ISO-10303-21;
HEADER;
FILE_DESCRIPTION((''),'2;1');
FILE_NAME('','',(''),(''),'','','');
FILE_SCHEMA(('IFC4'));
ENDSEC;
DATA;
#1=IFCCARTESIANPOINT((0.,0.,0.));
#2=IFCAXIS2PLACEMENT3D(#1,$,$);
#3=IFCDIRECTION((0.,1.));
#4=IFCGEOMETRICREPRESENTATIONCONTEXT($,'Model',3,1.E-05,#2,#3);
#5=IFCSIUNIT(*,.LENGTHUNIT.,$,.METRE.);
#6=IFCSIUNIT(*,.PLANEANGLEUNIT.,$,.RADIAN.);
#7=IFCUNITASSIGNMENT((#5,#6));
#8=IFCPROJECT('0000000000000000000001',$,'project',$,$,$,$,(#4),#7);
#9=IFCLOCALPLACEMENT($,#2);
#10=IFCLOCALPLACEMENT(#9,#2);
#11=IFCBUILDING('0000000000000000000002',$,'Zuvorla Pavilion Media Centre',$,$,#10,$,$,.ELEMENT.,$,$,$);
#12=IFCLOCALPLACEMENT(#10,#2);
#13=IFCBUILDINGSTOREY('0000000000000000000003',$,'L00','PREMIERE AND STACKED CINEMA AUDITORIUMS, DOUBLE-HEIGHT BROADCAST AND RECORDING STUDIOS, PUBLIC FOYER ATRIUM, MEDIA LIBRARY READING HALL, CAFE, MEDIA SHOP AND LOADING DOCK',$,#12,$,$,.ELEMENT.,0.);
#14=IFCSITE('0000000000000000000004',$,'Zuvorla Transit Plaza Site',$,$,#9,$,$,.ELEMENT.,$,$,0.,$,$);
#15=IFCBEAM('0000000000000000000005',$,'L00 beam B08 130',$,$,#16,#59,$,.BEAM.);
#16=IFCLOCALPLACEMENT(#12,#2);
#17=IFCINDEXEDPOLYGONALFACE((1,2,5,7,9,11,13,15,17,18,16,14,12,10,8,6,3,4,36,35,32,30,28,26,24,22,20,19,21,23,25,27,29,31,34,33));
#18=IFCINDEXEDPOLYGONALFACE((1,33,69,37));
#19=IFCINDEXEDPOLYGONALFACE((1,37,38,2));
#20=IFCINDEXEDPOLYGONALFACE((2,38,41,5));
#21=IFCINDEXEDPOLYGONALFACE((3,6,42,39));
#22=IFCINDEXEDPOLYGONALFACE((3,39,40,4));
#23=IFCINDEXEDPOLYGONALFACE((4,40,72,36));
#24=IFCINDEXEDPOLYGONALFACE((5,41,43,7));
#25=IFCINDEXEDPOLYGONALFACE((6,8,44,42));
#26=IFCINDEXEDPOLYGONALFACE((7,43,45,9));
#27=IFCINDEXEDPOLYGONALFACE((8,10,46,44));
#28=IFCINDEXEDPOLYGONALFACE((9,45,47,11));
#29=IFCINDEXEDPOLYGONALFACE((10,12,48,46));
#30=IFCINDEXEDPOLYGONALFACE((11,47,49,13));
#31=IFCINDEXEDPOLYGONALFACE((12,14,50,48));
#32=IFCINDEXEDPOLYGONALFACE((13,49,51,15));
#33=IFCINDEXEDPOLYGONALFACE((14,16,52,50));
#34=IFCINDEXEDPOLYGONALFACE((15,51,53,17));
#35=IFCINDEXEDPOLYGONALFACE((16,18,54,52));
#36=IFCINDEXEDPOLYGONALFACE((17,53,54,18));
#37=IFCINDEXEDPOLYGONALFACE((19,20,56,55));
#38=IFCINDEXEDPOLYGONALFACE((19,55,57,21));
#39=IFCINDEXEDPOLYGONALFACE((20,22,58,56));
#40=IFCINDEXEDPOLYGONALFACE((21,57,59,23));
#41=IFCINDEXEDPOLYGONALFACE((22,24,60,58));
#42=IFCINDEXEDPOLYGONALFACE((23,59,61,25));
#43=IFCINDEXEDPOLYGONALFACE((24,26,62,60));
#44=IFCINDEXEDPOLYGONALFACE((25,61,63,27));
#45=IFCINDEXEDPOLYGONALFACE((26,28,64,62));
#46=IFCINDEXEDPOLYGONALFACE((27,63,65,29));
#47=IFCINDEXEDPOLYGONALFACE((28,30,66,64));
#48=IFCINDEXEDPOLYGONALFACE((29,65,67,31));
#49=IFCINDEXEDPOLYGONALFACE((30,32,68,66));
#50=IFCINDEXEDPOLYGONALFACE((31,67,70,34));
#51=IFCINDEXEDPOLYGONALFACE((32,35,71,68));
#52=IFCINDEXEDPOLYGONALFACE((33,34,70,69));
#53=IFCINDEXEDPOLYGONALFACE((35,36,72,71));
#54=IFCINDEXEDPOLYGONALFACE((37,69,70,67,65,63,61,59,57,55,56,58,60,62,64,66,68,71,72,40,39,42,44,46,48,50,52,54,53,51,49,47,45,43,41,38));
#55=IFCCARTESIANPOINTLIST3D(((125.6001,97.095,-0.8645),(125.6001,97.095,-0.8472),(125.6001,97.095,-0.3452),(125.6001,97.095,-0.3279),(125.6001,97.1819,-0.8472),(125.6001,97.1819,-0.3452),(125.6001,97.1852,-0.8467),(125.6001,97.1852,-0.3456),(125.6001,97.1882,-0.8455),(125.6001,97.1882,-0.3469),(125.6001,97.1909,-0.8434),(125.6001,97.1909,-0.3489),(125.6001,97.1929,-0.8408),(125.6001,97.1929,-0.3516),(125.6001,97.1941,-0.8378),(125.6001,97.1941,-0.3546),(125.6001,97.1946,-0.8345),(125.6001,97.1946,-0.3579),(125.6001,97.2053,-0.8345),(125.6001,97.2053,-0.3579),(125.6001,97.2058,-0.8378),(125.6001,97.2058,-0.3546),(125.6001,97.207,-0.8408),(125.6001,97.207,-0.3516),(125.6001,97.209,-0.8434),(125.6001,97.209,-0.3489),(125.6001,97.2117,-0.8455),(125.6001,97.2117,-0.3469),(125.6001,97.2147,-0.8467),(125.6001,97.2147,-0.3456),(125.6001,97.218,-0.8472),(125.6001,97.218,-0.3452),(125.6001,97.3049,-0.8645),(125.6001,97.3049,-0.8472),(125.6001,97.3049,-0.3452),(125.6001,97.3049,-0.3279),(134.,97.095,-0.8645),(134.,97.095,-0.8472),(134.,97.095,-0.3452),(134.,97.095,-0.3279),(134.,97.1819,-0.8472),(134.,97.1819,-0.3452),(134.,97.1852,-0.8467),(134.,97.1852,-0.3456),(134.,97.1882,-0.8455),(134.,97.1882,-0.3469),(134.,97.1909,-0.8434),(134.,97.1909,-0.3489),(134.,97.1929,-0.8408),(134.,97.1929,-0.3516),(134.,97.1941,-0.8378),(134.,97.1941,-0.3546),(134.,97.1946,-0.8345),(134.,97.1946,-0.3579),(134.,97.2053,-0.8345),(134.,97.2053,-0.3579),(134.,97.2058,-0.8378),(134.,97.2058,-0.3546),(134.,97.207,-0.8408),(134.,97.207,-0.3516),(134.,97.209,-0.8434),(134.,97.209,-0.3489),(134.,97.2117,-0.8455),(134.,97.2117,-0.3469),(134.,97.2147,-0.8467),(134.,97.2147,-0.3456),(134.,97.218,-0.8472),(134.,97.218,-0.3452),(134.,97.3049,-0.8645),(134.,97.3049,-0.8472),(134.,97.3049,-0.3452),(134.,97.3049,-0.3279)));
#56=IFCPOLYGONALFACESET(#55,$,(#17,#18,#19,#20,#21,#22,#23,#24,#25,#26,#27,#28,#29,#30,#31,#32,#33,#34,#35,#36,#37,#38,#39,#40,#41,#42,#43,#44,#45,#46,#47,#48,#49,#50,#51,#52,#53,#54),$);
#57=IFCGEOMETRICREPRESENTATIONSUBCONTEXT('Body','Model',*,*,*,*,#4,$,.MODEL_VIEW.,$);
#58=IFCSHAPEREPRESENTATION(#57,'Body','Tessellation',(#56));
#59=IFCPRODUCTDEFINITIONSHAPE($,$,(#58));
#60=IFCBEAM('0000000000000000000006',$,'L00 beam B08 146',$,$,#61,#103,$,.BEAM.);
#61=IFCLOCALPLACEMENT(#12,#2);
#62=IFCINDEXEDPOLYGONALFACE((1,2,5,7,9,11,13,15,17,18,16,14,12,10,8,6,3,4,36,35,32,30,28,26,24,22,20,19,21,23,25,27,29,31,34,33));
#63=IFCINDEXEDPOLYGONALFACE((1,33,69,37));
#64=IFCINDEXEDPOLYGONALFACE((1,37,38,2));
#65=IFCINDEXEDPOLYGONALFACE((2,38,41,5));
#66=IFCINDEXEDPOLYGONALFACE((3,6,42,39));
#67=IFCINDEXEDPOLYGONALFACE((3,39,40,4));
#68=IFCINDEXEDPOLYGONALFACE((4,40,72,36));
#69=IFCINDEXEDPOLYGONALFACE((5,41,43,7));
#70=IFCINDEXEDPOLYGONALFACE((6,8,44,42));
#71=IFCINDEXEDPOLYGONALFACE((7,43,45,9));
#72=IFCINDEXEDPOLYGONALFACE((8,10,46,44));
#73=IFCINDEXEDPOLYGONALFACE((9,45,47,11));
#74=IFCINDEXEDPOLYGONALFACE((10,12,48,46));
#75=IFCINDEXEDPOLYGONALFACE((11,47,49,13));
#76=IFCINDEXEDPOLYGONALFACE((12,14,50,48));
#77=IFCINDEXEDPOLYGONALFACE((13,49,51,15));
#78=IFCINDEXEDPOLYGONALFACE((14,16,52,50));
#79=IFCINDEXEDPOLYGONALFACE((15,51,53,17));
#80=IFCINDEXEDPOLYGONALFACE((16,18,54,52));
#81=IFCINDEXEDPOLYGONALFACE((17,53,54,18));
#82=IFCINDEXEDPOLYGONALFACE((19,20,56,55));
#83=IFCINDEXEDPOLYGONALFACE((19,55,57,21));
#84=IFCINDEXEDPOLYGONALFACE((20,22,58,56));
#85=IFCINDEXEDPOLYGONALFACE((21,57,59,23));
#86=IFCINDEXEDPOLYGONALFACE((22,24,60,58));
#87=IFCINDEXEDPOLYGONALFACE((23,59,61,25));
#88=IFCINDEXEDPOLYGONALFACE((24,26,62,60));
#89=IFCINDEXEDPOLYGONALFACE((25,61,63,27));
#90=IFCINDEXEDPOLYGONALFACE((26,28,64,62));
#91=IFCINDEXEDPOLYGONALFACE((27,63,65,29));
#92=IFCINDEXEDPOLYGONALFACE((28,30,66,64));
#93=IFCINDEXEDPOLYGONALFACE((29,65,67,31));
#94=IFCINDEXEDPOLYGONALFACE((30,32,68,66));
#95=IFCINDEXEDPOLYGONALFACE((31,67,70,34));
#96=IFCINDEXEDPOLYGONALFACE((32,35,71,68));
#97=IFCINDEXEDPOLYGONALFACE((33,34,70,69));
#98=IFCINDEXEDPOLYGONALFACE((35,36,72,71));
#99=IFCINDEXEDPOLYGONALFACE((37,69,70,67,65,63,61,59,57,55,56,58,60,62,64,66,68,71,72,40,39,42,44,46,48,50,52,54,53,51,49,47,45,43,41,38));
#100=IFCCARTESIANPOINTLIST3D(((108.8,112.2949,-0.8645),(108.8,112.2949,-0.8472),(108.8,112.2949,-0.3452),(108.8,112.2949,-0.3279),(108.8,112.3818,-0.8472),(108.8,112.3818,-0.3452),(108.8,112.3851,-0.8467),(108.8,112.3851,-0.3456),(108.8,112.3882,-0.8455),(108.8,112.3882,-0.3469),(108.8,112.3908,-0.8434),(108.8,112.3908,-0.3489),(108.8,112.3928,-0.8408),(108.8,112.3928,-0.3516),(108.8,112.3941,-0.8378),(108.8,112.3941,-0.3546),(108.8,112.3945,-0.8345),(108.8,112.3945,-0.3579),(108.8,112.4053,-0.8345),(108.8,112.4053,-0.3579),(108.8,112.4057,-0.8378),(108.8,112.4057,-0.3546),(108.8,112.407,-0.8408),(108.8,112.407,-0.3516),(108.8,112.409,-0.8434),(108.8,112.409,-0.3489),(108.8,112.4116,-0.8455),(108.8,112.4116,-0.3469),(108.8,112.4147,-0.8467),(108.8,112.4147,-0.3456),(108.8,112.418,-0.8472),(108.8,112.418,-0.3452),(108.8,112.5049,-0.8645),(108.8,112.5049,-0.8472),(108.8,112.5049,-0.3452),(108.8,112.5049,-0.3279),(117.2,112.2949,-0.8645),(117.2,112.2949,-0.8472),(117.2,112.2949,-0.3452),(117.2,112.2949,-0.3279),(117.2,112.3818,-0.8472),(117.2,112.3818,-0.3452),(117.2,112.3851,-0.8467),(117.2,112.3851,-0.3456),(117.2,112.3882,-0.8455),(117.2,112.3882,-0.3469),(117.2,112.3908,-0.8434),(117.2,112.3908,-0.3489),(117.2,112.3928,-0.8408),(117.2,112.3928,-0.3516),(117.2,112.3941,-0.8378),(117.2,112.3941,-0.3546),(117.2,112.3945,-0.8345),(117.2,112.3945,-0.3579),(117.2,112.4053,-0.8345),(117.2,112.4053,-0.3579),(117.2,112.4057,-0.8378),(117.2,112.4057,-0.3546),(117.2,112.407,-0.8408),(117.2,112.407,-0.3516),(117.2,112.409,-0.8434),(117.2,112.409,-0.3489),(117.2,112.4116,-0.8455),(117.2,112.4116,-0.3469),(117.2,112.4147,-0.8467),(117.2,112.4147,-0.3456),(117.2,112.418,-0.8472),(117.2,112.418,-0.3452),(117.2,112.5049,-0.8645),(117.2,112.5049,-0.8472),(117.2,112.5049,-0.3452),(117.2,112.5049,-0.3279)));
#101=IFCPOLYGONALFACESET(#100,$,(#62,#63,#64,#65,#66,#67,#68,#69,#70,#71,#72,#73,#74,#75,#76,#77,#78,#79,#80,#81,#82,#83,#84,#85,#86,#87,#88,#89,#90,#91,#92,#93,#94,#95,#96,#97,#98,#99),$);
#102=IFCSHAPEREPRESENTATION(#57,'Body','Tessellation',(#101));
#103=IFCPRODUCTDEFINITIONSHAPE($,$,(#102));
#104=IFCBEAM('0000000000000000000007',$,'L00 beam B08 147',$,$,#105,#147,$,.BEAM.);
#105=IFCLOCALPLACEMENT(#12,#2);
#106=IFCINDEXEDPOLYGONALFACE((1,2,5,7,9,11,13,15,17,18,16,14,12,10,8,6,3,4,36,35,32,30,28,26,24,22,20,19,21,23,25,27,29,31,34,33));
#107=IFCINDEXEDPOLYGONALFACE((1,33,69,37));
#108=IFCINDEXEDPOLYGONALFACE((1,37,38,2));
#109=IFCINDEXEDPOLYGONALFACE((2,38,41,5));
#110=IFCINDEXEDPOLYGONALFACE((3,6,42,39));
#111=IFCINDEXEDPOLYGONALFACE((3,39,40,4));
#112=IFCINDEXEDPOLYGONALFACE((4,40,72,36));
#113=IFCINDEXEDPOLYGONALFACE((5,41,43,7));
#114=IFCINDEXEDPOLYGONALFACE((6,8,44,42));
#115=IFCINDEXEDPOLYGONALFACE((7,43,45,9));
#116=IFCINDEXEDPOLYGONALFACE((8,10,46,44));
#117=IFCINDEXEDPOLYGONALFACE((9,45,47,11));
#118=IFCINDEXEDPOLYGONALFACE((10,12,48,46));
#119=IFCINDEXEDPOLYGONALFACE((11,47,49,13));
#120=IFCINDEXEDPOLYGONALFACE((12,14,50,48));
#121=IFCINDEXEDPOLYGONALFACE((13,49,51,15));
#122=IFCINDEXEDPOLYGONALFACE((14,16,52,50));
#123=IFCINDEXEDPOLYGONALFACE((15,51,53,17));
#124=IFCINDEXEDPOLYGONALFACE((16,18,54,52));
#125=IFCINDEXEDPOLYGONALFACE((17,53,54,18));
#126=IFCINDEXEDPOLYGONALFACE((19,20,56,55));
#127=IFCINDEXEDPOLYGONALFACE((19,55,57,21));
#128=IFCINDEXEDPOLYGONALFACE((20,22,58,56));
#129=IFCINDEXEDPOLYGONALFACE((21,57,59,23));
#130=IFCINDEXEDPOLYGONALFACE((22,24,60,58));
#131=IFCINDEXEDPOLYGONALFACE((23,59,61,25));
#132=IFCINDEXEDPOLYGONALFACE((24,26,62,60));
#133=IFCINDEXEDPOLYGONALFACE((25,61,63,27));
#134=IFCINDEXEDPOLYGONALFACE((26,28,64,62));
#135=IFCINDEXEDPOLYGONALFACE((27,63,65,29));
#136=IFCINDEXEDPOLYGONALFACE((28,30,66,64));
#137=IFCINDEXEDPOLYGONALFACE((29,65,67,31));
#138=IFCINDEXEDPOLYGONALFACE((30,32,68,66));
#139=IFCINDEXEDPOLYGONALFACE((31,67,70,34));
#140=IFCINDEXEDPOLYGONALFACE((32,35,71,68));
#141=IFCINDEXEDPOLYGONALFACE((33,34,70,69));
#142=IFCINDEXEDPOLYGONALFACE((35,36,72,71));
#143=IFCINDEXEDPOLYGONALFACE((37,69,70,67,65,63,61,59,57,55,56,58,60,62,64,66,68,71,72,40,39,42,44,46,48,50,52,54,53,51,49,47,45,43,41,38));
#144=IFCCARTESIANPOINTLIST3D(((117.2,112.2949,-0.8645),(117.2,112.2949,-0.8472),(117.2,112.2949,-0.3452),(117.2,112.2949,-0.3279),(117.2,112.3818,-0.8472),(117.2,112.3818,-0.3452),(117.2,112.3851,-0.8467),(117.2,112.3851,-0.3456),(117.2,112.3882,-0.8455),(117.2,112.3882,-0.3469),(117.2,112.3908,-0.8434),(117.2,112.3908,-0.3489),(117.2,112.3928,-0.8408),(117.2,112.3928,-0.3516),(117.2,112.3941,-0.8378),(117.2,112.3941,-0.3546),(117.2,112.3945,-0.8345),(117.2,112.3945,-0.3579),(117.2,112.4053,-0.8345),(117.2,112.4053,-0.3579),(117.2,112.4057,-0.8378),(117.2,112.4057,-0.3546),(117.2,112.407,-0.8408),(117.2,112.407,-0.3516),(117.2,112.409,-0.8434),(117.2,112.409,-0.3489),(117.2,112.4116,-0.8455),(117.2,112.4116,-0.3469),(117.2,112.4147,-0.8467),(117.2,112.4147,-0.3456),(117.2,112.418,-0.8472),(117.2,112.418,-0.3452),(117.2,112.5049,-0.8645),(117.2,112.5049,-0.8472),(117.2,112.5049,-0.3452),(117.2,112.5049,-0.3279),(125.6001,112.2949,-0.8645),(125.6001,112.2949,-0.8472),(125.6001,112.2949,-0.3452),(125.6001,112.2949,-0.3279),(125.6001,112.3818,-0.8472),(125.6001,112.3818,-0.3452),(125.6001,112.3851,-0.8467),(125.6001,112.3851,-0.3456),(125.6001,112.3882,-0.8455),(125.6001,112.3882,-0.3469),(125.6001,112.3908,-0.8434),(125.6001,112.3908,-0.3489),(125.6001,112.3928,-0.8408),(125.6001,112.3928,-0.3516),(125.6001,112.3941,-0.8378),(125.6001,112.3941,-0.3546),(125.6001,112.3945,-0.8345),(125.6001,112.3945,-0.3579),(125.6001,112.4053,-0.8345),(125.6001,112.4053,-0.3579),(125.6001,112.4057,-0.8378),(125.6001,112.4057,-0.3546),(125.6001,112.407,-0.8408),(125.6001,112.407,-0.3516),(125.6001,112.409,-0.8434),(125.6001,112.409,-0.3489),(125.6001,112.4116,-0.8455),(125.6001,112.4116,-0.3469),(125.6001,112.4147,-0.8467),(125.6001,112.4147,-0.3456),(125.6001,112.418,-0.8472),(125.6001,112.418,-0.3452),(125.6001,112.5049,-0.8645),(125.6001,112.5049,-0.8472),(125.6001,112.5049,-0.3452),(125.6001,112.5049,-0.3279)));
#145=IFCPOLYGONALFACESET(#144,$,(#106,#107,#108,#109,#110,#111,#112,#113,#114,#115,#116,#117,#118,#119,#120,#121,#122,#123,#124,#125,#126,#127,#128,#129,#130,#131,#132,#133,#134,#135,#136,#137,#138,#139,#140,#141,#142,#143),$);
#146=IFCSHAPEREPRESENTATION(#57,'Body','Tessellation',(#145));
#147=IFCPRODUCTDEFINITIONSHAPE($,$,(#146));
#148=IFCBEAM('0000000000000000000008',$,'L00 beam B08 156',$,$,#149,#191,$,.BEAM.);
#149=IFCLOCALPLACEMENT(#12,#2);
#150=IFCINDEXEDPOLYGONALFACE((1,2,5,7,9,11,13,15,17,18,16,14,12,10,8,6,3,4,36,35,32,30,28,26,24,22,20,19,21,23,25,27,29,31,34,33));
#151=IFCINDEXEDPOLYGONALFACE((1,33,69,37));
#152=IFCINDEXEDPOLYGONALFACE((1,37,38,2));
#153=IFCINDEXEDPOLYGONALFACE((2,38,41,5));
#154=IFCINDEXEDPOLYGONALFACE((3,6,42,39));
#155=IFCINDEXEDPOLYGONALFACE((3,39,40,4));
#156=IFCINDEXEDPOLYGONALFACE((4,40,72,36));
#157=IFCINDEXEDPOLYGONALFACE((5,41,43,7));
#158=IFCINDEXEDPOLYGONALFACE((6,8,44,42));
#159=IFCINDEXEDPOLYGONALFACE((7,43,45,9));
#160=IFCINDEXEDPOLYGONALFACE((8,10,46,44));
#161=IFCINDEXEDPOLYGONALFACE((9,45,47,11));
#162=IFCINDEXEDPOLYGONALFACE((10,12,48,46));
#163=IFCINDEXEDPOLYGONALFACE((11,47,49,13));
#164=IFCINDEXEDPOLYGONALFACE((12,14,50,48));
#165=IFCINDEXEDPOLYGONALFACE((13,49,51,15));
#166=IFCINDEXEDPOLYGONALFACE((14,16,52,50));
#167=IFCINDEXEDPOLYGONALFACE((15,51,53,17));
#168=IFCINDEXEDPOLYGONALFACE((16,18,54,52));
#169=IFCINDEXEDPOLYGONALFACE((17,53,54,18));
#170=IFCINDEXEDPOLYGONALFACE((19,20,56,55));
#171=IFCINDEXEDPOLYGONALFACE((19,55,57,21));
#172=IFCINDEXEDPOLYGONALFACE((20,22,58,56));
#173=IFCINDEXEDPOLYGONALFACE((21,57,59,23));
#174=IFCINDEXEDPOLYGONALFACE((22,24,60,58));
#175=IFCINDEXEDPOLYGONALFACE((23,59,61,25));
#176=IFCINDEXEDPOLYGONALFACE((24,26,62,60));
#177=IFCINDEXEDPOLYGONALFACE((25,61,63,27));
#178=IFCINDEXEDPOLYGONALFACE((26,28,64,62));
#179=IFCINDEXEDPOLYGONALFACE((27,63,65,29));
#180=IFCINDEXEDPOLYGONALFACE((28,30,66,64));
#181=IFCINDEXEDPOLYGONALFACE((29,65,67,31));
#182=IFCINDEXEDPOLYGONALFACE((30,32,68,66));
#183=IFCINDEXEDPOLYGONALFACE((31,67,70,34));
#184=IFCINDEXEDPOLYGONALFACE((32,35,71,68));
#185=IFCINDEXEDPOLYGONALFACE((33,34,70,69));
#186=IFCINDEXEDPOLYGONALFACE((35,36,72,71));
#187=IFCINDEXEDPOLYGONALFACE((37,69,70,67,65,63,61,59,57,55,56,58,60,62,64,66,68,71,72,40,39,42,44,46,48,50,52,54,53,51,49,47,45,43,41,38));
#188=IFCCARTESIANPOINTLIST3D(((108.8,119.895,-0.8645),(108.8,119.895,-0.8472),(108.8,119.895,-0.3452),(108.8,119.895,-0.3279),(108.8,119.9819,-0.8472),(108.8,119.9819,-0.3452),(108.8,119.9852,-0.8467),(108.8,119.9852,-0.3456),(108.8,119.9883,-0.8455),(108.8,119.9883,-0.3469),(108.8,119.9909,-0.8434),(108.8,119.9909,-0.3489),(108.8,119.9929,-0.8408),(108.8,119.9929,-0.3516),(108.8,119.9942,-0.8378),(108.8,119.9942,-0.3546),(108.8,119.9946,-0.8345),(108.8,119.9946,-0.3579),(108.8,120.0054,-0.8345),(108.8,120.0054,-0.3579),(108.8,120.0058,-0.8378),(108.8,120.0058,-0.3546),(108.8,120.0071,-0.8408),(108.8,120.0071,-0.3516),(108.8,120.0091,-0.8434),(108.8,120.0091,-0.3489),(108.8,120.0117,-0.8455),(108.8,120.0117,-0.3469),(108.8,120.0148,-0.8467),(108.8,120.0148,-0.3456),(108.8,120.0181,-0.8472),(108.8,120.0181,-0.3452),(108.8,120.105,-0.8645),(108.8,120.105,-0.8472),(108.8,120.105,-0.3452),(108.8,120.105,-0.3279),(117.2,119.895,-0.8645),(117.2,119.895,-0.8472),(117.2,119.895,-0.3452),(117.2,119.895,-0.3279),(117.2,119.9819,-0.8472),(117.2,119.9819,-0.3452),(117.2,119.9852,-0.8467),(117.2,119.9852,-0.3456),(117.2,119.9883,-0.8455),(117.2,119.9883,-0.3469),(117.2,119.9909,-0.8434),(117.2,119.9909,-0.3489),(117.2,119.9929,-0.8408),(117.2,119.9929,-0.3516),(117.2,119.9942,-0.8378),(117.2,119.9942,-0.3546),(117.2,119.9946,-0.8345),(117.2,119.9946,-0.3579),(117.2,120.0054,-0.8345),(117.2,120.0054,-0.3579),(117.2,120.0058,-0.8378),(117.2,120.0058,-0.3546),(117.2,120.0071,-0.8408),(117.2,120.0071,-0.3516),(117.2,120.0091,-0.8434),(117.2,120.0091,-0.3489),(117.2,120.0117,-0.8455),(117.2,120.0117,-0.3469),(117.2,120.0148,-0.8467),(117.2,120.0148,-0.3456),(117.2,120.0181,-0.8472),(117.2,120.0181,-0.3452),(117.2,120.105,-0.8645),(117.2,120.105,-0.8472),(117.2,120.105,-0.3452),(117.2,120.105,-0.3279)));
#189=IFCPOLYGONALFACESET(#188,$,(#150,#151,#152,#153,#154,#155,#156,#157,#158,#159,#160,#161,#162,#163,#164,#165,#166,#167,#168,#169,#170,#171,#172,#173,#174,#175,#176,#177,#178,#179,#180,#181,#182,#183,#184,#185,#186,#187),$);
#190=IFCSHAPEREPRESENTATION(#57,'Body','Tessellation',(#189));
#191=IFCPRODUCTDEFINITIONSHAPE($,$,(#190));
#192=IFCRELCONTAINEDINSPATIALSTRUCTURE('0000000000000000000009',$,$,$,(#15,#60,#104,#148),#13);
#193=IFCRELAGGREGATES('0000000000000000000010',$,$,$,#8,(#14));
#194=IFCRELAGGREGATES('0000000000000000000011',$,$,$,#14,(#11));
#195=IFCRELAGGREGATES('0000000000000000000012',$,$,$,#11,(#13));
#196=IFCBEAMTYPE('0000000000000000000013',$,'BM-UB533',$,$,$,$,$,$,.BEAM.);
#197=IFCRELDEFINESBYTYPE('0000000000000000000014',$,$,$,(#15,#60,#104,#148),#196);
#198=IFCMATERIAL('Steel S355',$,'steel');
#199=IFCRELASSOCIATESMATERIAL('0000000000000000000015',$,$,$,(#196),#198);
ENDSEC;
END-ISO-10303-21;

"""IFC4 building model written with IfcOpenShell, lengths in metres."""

from ifc_helpers import new_model, si_unit, direction, frame, origin, origin_2d, place, context, subcontext, project, spatial, i_section, extrude, material, material_profile, profile_set, type_object, element, save


model = new_model("IFC4")

# Units and contexts
model_context = context("Model", 3, precision=1e-05, world=origin(), true_north=direction((0.0, 1.0)))
body_context = subcontext(model_context, "Body", "Model", "MODEL_VIEW")
ifc_project = project(units=[si_unit("LENGTHUNIT", "METRE"), si_unit("PLANEANGLEUNIT", "RADIAN")], contexts=[model_context])

# Site, building, storey
site_placement = place(None, origin())
site = spatial("IfcSite", under=ifc_project, at=site_placement, Name="Zuvorla Transit Plaza Site", CompositionType="ELEMENT", RefElevation=0.0)
building_placement = place(site_placement, origin())
building = spatial("IfcBuilding", under=site, at=building_placement, Name="Zuvorla Pavilion Media Centre", CompositionType="ELEMENT")
storey_placement = place(building_placement, origin())
storey = spatial("IfcBuildingStorey", under=building, at=storey_placement, Name="L00", Description="PREMIERE AND STACKED CINEMA AUDITORIUMS, DOUBLE-HEIGHT BROADCAST AND RECORDING STUDIOS, PUBLIC FOYER ATRIUM, MEDIA LIBRARY READING HALL, CAFE, MEDIA SHOP AND LOADING DOCK", CompositionType="ELEMENT", Elevation=0.0)

# Beams
ifc_material_1 = material(Name="Steel S355", Category="steel")
ifc_material_profile_1 = material_profile(ifc_material_1, i_section(OverallWidth=0.21, OverallDepth=0.5366, WebThickness=0.0107, FlangeThickness=0.0173, FilletRadius=0.0127, at=origin_2d()), Name="UB 533x210x101")
ifc_profile_set_1 = profile_set([ifc_material_profile_1], Name="Steel S355")
beam_type_1 = type_object("IfcBeamType", Name="BM-UB533", PredefinedType="BEAM", material=ifc_profile_set_1)
for number, where, z_axis, x_axis, name in (
    (1, (125.6001, 97.2, -0.5962), (1.0, 0.0, 0.0), (0.0, 1.0, 0.0), "L00 beam B08 130"),
    (2, (108.8, 112.3999, -0.5962), (1.0, 0.0, 0.0), (0.0, 1.0, 0.0), "L00 beam B08 146"),
):
    element("IfcBeam", number, at=place(storey_placement, frame(where, z_axis=z_axis, x_axis=x_axis)), inside=storey, type_object=beam_type_1, Name=name, PredefinedType="BEAM", context=body_context, shape_type="SweptSolid", body=[
        extrude(i_section(OverallWidth=0.21, OverallDepth=0.5366, WebThickness=0.0107, FlangeThickness=0.0173, FilletRadius=0.0127, at=origin_2d()), origin(), (0.0, 0.0, 1.0), 8.3999),
    ])
beam_1_placement = place(storey_placement, frame((117.2, 112.3999, -0.5962), z_axis=(1.0, 0.0, 0.0), x_axis=(0.0, 1.0, 0.0)))
element("IfcBeam", 3, at=beam_1_placement, inside=storey, type_object=beam_type_1, Name="L00 beam B08 147", PredefinedType="BEAM", context=body_context, shape_type="SweptSolid", body=[
    extrude(i_section(OverallWidth=0.21, OverallDepth=0.5366, WebThickness=0.0107, FlangeThickness=0.0173, FilletRadius=0.0127, at=origin_2d()), origin(), (0.0, 0.0, 1.0), 8.4001),
])
beam_2_placement = place(storey_placement, frame((108.8, 120.0, -0.5962), z_axis=(1.0, 0.0, 0.0), x_axis=(0.0, 1.0, 0.0)))
element("IfcBeam", 4, at=beam_2_placement, inside=storey, type_object=beam_type_1, Name="L00 beam B08 156", PredefinedType="BEAM", context=body_context, shape_type="SweptSolid", body=[
    extrude(i_section(OverallWidth=0.21, OverallDepth=0.5366, WebThickness=0.0107, FlangeThickness=0.0173, FilletRadius=0.0127, at=origin_2d()), origin(), (0.0, 0.0, 1.0), 8.3999),
])

save(model, "model.ifc")
